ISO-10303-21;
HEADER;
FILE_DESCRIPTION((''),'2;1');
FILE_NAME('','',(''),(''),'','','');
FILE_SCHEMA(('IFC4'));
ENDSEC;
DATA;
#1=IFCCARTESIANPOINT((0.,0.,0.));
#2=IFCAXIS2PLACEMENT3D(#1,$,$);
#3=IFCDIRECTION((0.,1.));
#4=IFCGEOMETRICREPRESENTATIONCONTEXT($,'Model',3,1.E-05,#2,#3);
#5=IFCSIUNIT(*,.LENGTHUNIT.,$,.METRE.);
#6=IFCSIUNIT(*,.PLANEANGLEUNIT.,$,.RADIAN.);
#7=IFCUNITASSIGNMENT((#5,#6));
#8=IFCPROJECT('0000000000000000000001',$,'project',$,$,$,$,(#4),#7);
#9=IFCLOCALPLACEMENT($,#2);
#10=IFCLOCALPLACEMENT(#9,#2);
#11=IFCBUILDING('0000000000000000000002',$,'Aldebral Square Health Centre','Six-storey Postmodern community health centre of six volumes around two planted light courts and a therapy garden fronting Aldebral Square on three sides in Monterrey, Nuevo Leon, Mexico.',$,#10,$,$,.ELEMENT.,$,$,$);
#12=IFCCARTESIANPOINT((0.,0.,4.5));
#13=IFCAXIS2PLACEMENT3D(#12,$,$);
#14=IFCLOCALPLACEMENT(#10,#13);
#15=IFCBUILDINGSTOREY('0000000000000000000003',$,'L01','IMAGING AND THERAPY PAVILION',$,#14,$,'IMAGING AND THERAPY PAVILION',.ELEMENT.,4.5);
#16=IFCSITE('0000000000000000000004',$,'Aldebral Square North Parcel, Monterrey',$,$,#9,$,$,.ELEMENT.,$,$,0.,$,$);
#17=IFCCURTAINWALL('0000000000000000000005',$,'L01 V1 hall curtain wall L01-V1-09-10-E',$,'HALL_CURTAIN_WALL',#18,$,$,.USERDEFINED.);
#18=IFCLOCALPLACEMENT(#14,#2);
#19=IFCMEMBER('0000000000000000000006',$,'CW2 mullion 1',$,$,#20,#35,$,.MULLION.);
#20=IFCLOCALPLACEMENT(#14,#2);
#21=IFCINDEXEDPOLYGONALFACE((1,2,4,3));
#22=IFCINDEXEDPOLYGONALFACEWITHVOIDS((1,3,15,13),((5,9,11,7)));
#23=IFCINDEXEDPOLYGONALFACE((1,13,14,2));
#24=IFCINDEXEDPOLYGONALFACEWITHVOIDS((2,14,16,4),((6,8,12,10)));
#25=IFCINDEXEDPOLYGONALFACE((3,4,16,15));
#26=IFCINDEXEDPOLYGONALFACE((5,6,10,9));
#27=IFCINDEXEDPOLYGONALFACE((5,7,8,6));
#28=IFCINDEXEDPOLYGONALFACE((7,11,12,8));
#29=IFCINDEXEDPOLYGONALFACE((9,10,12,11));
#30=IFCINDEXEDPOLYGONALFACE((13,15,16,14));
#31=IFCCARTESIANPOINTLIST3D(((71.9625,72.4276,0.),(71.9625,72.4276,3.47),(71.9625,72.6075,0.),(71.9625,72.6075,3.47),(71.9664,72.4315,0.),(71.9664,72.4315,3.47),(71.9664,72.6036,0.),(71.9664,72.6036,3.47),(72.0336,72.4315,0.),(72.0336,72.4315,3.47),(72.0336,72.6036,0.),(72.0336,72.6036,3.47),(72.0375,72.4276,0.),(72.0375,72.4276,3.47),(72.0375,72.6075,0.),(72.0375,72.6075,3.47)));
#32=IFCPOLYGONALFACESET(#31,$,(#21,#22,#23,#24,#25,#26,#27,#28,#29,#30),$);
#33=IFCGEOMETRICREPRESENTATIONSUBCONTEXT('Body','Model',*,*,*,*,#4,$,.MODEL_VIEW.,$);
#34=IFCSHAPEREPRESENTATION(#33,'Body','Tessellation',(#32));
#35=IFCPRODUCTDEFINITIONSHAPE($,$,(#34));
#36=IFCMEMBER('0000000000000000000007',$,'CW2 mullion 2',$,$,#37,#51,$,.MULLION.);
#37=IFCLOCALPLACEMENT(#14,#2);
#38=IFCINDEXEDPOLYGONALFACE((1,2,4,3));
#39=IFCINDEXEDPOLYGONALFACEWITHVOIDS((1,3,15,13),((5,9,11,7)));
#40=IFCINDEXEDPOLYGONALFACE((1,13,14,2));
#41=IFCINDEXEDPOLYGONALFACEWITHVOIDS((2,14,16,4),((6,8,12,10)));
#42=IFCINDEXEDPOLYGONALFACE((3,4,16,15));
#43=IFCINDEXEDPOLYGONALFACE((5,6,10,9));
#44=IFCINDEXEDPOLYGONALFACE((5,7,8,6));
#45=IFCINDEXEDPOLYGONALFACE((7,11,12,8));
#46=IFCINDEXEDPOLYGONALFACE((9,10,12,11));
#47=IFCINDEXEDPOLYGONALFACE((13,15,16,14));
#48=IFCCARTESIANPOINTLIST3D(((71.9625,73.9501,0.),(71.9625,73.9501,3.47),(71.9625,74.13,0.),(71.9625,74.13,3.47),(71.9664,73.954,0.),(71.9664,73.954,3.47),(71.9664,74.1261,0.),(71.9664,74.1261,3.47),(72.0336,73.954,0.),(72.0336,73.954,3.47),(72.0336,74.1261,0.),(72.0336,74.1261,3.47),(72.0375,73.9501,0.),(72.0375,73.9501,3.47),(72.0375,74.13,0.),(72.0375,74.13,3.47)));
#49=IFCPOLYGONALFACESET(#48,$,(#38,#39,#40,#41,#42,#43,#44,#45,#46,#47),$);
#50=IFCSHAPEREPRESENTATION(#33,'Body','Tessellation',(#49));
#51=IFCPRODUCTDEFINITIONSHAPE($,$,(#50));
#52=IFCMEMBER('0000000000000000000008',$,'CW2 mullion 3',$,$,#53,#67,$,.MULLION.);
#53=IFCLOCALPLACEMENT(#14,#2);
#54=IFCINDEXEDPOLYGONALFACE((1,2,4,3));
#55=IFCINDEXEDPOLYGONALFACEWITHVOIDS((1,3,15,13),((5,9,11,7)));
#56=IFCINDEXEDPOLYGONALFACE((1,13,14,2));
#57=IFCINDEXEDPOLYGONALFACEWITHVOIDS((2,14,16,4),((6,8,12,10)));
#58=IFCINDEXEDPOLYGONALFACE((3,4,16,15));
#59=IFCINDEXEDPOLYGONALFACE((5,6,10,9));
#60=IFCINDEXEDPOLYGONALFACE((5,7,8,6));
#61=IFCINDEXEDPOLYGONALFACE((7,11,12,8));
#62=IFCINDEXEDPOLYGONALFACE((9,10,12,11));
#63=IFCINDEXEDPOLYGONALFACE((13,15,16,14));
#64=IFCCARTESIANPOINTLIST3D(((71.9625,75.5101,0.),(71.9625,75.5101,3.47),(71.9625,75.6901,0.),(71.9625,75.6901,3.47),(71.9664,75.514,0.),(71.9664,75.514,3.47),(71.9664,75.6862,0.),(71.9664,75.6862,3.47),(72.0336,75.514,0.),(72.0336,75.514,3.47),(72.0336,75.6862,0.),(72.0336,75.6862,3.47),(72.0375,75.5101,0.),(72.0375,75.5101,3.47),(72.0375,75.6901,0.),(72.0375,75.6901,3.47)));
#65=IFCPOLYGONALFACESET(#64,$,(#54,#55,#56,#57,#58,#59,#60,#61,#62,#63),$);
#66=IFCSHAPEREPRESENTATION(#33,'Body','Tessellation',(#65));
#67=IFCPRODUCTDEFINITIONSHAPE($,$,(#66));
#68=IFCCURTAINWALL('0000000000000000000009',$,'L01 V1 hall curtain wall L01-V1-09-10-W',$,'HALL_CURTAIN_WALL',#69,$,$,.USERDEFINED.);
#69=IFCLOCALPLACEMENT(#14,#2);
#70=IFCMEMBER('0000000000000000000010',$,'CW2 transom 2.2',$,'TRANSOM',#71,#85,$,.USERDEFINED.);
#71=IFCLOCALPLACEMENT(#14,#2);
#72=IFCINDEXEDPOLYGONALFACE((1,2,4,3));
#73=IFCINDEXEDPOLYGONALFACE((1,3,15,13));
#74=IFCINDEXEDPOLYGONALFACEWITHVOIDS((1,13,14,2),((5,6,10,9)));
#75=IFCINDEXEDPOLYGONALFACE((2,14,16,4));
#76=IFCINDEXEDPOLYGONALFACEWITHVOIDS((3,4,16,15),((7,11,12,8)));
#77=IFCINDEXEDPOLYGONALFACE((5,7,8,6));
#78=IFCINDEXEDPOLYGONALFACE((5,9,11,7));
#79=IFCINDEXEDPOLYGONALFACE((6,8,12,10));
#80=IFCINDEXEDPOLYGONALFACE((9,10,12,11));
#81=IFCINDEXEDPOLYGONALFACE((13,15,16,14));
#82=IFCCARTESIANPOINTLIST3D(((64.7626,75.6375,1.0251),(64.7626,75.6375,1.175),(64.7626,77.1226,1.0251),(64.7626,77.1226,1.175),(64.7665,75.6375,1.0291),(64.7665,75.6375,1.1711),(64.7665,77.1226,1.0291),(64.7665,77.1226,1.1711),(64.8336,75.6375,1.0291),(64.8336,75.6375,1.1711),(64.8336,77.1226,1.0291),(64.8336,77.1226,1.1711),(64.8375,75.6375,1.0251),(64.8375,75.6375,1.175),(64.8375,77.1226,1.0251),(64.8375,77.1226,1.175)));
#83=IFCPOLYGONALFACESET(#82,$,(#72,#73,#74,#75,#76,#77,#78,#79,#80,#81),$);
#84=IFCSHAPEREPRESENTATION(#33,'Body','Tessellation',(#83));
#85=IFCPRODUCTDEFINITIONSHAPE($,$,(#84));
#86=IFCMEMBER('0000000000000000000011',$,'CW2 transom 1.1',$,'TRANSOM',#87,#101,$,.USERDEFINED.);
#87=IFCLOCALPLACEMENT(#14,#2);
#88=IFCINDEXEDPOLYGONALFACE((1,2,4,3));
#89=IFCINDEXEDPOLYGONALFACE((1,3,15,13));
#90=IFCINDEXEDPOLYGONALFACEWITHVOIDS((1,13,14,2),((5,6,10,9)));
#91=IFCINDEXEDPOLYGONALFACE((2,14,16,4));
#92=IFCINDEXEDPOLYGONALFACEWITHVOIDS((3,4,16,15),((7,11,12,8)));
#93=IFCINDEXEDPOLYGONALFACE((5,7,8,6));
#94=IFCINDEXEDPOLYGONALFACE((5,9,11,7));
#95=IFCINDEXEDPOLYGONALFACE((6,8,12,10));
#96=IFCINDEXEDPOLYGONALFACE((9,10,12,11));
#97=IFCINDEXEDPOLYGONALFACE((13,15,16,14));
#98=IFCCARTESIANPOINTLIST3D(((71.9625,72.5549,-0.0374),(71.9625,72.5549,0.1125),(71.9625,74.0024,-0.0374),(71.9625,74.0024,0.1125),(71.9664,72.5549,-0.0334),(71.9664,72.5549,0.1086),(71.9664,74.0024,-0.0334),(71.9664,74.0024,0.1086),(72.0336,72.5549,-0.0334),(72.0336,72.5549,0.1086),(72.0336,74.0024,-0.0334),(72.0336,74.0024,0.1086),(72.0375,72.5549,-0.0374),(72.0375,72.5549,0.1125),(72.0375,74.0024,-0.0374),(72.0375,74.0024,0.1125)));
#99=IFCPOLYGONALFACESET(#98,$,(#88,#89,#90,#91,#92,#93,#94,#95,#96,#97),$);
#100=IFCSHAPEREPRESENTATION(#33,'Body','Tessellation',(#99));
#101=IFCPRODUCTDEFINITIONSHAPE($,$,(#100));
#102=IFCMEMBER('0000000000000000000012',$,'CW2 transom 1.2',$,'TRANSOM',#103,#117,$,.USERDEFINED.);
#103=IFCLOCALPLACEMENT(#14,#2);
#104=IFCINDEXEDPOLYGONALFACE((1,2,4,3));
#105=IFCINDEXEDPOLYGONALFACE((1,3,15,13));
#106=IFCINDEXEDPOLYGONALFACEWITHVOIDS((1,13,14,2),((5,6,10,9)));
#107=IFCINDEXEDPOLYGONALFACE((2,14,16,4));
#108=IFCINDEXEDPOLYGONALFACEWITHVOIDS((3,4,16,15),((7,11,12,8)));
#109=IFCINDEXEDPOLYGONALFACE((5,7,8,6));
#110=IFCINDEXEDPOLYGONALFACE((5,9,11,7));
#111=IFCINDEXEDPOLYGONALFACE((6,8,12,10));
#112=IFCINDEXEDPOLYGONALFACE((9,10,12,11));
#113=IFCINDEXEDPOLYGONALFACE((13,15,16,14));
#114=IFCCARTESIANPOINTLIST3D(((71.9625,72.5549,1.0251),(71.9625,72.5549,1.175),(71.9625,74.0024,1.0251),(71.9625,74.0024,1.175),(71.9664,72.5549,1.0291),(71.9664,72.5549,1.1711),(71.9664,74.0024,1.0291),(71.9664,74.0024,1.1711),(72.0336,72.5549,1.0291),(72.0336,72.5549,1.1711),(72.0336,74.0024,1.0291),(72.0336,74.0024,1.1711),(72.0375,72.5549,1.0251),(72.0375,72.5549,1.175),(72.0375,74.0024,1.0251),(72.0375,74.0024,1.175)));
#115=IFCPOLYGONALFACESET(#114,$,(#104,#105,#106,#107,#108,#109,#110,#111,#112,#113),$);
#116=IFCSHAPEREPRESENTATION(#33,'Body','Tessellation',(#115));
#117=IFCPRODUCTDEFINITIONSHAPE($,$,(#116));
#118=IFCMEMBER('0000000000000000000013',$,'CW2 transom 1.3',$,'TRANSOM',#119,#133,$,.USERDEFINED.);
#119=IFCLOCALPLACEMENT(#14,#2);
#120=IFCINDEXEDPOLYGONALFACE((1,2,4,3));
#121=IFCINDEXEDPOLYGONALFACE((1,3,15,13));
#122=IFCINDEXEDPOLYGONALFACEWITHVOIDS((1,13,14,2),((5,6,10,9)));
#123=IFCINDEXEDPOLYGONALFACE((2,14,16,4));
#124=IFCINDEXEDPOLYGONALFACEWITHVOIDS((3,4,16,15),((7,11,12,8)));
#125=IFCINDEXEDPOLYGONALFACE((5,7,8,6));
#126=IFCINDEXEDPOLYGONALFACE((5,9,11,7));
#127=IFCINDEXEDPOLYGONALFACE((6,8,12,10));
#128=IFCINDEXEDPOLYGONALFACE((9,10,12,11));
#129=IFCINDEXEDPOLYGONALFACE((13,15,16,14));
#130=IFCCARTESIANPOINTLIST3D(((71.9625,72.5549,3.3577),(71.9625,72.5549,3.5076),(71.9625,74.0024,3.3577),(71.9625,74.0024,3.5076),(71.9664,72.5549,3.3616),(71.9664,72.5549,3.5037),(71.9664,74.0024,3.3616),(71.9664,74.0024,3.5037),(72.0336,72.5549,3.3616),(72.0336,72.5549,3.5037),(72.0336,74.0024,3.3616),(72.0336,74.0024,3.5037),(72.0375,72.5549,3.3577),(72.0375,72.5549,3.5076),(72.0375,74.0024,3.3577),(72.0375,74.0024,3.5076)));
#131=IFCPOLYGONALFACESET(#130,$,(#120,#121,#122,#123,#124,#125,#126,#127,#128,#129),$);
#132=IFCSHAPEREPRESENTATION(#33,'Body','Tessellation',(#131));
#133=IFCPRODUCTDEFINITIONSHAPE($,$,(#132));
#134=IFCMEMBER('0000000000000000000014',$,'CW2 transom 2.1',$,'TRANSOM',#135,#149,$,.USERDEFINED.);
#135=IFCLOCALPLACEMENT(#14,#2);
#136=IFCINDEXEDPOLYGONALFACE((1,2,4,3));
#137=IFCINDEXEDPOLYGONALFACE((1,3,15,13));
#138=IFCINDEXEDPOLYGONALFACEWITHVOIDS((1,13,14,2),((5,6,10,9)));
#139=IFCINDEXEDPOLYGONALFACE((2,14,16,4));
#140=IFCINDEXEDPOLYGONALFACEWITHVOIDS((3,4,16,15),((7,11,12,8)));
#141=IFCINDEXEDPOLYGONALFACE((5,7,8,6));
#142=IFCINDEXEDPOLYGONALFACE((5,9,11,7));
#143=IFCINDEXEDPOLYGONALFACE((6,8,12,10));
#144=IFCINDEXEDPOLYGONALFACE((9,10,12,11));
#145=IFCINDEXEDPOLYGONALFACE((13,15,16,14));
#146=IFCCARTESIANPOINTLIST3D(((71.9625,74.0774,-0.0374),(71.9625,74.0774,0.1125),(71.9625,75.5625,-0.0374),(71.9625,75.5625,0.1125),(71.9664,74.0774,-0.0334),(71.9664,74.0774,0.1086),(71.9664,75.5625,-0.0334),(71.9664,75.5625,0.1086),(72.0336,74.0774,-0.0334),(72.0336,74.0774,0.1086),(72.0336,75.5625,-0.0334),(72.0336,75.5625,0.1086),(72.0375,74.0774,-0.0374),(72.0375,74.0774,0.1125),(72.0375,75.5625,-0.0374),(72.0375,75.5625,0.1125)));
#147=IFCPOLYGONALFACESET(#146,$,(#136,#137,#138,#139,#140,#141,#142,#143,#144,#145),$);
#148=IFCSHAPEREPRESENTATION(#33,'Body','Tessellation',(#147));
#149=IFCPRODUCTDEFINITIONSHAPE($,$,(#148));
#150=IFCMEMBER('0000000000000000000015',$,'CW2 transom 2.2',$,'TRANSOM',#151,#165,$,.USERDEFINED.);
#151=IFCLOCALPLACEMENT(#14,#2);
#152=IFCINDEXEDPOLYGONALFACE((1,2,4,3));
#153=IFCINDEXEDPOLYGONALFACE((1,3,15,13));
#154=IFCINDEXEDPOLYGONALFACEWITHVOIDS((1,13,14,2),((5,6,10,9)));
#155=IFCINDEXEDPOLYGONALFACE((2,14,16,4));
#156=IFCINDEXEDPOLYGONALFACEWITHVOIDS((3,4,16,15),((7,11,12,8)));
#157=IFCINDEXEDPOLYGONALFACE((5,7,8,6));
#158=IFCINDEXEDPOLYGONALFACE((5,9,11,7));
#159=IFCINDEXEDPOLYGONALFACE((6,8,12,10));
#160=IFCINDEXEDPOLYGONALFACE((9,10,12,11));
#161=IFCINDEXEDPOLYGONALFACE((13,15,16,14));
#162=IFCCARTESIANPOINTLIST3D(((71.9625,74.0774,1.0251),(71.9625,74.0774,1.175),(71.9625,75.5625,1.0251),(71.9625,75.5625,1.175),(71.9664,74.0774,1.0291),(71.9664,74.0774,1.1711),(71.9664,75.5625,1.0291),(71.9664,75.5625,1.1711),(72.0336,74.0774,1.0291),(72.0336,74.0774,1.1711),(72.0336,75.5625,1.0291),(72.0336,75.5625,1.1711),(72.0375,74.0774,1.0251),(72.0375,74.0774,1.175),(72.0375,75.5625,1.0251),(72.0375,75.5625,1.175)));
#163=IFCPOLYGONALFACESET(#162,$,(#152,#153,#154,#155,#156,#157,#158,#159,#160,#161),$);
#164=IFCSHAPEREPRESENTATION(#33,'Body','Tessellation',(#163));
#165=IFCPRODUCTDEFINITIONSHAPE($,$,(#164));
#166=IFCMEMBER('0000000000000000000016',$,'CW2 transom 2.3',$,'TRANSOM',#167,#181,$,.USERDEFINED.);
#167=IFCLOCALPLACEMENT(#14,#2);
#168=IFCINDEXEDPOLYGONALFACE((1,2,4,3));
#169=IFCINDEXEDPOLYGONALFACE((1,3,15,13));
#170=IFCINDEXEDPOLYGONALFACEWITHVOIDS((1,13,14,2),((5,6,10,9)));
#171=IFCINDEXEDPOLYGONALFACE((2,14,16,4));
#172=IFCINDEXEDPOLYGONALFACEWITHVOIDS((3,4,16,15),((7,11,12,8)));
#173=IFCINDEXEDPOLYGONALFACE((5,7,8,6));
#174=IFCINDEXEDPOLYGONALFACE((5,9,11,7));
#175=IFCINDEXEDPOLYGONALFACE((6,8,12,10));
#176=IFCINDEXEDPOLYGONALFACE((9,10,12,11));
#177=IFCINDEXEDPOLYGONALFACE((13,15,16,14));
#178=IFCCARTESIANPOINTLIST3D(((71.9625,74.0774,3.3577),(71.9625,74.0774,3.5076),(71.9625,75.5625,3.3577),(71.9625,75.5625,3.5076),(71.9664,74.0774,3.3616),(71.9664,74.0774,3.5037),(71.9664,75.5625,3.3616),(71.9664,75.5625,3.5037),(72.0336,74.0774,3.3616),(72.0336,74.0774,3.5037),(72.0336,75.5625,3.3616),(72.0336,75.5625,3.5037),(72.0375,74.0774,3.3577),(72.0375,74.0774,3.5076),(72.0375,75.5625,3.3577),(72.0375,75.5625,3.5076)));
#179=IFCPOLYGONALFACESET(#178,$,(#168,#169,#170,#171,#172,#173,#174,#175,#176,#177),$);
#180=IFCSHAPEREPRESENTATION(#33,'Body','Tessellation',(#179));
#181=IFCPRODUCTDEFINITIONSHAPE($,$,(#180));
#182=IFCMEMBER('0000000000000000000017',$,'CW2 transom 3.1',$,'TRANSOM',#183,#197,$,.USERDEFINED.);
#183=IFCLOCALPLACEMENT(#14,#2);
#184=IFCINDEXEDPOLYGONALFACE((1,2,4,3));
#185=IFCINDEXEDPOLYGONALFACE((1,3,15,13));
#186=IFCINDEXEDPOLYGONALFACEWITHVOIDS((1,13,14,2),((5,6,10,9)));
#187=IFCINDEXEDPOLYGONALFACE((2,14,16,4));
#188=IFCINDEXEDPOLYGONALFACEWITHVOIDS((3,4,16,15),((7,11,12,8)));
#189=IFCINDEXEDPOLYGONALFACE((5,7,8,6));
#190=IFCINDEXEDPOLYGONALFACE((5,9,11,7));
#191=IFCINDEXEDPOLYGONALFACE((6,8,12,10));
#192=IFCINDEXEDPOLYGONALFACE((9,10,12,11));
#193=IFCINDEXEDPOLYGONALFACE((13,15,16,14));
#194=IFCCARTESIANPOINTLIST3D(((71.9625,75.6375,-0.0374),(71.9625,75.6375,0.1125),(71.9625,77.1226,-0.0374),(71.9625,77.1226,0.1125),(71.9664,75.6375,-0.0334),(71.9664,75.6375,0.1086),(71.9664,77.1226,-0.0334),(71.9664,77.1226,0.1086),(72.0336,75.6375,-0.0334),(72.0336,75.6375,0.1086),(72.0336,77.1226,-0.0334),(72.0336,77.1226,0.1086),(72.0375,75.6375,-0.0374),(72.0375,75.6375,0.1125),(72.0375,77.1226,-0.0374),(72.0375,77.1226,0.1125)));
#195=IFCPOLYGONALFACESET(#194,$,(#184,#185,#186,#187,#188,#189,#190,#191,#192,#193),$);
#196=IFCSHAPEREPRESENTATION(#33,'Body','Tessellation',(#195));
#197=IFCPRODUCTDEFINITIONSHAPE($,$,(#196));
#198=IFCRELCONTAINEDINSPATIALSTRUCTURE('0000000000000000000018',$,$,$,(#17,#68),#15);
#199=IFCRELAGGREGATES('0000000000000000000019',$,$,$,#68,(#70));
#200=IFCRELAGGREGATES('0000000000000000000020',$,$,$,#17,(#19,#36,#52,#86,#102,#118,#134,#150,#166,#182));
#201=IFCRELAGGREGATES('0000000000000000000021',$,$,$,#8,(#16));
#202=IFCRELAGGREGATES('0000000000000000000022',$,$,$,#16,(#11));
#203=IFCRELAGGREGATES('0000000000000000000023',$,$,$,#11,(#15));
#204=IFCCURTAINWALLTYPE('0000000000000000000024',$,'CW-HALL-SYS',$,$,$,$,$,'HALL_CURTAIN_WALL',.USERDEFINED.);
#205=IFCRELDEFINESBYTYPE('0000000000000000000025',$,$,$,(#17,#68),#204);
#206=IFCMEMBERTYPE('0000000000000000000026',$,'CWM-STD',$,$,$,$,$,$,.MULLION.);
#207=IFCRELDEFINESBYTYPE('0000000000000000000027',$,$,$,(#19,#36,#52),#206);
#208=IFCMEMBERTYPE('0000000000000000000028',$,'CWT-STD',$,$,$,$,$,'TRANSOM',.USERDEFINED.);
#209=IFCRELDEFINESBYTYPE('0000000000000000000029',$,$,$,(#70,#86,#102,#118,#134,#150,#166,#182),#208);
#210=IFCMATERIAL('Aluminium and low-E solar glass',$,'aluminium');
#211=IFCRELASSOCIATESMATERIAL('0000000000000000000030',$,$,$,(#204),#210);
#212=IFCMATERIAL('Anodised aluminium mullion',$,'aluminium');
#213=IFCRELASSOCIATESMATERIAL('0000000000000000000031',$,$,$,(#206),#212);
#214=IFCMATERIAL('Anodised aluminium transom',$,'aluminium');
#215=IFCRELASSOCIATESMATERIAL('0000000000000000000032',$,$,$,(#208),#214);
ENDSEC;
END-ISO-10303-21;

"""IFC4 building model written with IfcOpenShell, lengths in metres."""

from ifc_helpers import new_model, si_unit, direction, frame, origin, origin_2d, place, context, subcontext, project, spatial, hollow_rectangle, extrude, material, material_profile, profile_set, type_object, element, aggregate, save


model = new_model("IFC4")

# Units and contexts
model_context = context("Model", 3, precision=1e-05, world=origin(), true_north=direction((0.0, 1.0)))
body_context = subcontext(model_context, "Body", "Model", "MODEL_VIEW")
ifc_project = project(units=[si_unit("LENGTHUNIT", "METRE"), si_unit("PLANEANGLEUNIT", "RADIAN")], contexts=[model_context])

# Site, building, storey
site_placement = place(None, origin())
site = spatial("IfcSite", under=ifc_project, at=site_placement, Name="Aldebral Square North Parcel, Monterrey", CompositionType="ELEMENT", RefElevation=0.0)
building_placement = place(site_placement, origin())
building = spatial("IfcBuilding", under=site, at=building_placement, Name="Aldebral Square Health Centre", Description="Six-storey Postmodern community health centre of six volumes around two planted light courts and a therapy garden fronting Aldebral Square on three sides in Monterrey, Nuevo Leon, Mexico.", CompositionType="ELEMENT")
storey_placement = place(building_placement, frame((0.0, 0.0, 4.5)))
storey = spatial("IfcBuildingStorey", under=building, at=storey_placement, Name="L01", Description="IMAGING AND THERAPY PAVILION", LongName="IMAGING AND THERAPY PAVILION", CompositionType="ELEMENT", Elevation=4.5)

# Curtain wall, members
ifc_material_1 = material(Name="Aluminium and low-E solar glass", Category="aluminium")
curtain_wall_type = type_object("IfcCurtainWallType", Name="CW-HALL-SYS", ElementType="HALL_CURTAIN_WALL", PredefinedType="USERDEFINED", material=ifc_material_1)
curtain_wall_1_placement = place(storey_placement, origin())
curtain_wall_1 = element("IfcCurtainWall", 1, at=curtain_wall_1_placement, inside=storey, type_object=curtain_wall_type, Name="L01 V1 hall curtain wall L01-V1-09-10-E", ObjectType="HALL_CURTAIN_WALL", PredefinedType="USERDEFINED")
ifc_material_2 = material(Name="Anodised aluminium mullion", Category="aluminium")
ifc_material_profile_1 = material_profile(ifc_material_2, hollow_rectangle(XDim=0.075, YDim=0.1799, WallThickness=0.0039, at=origin_2d()), Name="CWM 75x180x4")
ifc_profile_set_1 = profile_set([ifc_material_profile_1], Name="Anodised aluminium mullion")
member_type_1 = type_object("IfcMemberType", Name="CWM-STD", PredefinedType="MULLION", material=ifc_profile_set_1)
member_1_placement = place(storey_placement, frame((72.0, 72.5176, 0.0), z_axis=(0.0, 0.0, 1.0), x_axis=(-1.0, 0.0, 0.0)))
member_1 = element("IfcMember", 2, at=member_1_placement, type_object=member_type_1, Name="CW2 mullion 1", PredefinedType="MULLION", context=body_context, shape_type="SweptSolid", body=[
    extrude(hollow_rectangle(XDim=0.075, YDim=0.1799, WallThickness=0.0039, at=origin_2d()), origin(), (0.0, 0.0, 1.0), 3.47),
])
member_2_placement = place(storey_placement, frame((72.0, 74.04, 0.0), z_axis=(0.0, 0.0, 1.0), x_axis=(-1.0, 0.0, 0.0)))
member_2 = element("IfcMember", 3, at=member_2_placement, type_object=member_type_1, Name="CW2 mullion 2", PredefinedType="MULLION", context=body_context, shape_type="SweptSolid", body=[
    extrude(hollow_rectangle(XDim=0.075, YDim=0.1799, WallThickness=0.0039, at=origin_2d()), origin(), (0.0, 0.0, 1.0), 3.47),
])
member_3_placement = place(storey_placement, frame((72.0, 75.6001, 0.0), z_axis=(0.0, 0.0, 1.0), x_axis=(-1.0, 0.0, 0.0)))
member_3 = element("IfcMember", 4, at=member_3_placement, type_object=member_type_1, Name="CW2 mullion 3", PredefinedType="MULLION", context=body_context, shape_type="SweptSolid", body=[
    extrude(hollow_rectangle(XDim=0.075, YDim=0.1799, WallThickness=0.0039, at=origin_2d()), origin(), (0.0, 0.0, 1.0), 3.47),
])

# Curtain wall, member
curtain_wall_2_placement = place(storey_placement, origin())
curtain_wall_2 = element("IfcCurtainWall", 5, at=curtain_wall_2_placement, inside=storey, type_object=curtain_wall_type, Name="L01 V1 hall curtain wall L01-V1-09-10-W", ObjectType="HALL_CURTAIN_WALL", PredefinedType="USERDEFINED")
ifc_material_3 = material(Name="Anodised aluminium transom", Category="aluminium")
ifc_material_profile_2 = material_profile(ifc_material_3, hollow_rectangle(XDim=0.075, YDim=0.1499, WallThickness=0.0039, at=origin_2d()), Name="CWT 75x150x4")
ifc_profile_set_2 = profile_set([ifc_material_profile_2], Name="Anodised aluminium transom")
member_type_2 = type_object("IfcMemberType", Name="CWT-STD", ElementType="TRANSOM", PredefinedType="USERDEFINED", material=ifc_profile_set_2)
member_4_placement = place(storey_placement, frame((64.8, 77.1226, 1.1001), z_axis=(0.0, -1.0, 0.0), x_axis=(1.0, 0.0, 0.0)))
member_4 = element("IfcMember", 6, at=member_4_placement, type_object=member_type_2, Name="CW2 transom 2.2", ObjectType="TRANSOM", PredefinedType="USERDEFINED", context=body_context, shape_type="SweptSolid", body=[
    extrude(hollow_rectangle(XDim=0.075, YDim=0.1499, WallThickness=0.0039, at=origin_2d()), origin(), (0.0, 0.0, 1.0), 1.4851),
])
aggregate(curtain_wall_2, [member_4])

# Members
member_5_placement = place(storey_placement, frame((72.0, 72.5549, 0.0376), z_axis=(0.0, 1.0, 0.0), x_axis=(-1.0, 0.0, 0.0)))
member_5 = element("IfcMember", 7, at=member_5_placement, type_object=member_type_2, Name="CW2 transom 1.1", ObjectType="TRANSOM", PredefinedType="USERDEFINED", context=body_context, shape_type="SweptSolid", body=[
    extrude(hollow_rectangle(XDim=0.075, YDim=0.1499, WallThickness=0.0039, at=origin_2d()), origin(), (0.0, 0.0, 1.0), 1.4475),
])
member_6_placement = place(storey_placement, frame((72.0, 72.5549, 1.1001), z_axis=(0.0, 1.0, 0.0), x_axis=(-1.0, 0.0, 0.0)))
member_6 = element("IfcMember", 8, at=member_6_placement, type_object=member_type_2, Name="CW2 transom 1.2", ObjectType="TRANSOM", PredefinedType="USERDEFINED", context=body_context, shape_type="SweptSolid", body=[
    extrude(hollow_rectangle(XDim=0.075, YDim=0.1499, WallThickness=0.0039, at=origin_2d()), origin(), (0.0, 0.0, 1.0), 1.4475),
])
member_7_placement = place(storey_placement, frame((72.0, 72.5549, 3.4326), z_axis=(0.0, 1.0, 0.0), x_axis=(-1.0, 0.0, 0.0)))
member_7 = element("IfcMember", 9, at=member_7_placement, type_object=member_type_2, Name="CW2 transom 1.3", ObjectType="TRANSOM", PredefinedType="USERDEFINED", context=body_context, shape_type="SweptSolid", body=[
    extrude(hollow_rectangle(XDim=0.075, YDim=0.1499, WallThickness=0.0039, at=origin_2d()), origin(), (0.0, 0.0, 1.0), 1.4475),
])
member_8_placement = place(storey_placement, frame((72.0, 74.0774, 0.0376), z_axis=(0.0, 1.0, 0.0), x_axis=(-1.0, 0.0, 0.0)))
member_8 = element("IfcMember", 10, at=member_8_placement, type_object=member_type_2, Name="CW2 transom 2.1", ObjectType="TRANSOM", PredefinedType="USERDEFINED", context=body_context, shape_type="SweptSolid", body=[
    extrude(hollow_rectangle(XDim=0.075, YDim=0.1499, WallThickness=0.0039, at=origin_2d()), origin(), (0.0, 0.0, 1.0), 1.4851),
])
member_9_placement = place(storey_placement, frame((72.0, 74.0774, 1.1001), z_axis=(0.0, 1.0, 0.0), x_axis=(-1.0, 0.0, 0.0)))
member_9 = element("IfcMember", 11, at=member_9_placement, type_object=member_type_2, Name="CW2 transom 2.2", ObjectType="TRANSOM", PredefinedType="USERDEFINED", context=body_context, shape_type="SweptSolid", body=[
    extrude(hollow_rectangle(XDim=0.075, YDim=0.1499, WallThickness=0.0039, at=origin_2d()), origin(), (0.0, 0.0, 1.0), 1.4851),
])
member_10_placement = place(storey_placement, frame((72.0, 74.0774, 3.4326), z_axis=(0.0, 1.0, 0.0), x_axis=(-1.0, 0.0, 0.0)))
member_10 = element("IfcMember", 12, at=member_10_placement, type_object=member_type_2, Name="CW2 transom 2.3", ObjectType="TRANSOM", PredefinedType="USERDEFINED", context=body_context, shape_type="SweptSolid", body=[
    extrude(hollow_rectangle(XDim=0.075, YDim=0.1499, WallThickness=0.0039, at=origin_2d()), origin(), (0.0, 0.0, 1.0), 1.4851),
])
member_11_placement = place(storey_placement, frame((72.0, 75.6375, 0.0376), z_axis=(0.0, 1.0, 0.0), x_axis=(-1.0, 0.0, 0.0)))
member_11 = element("IfcMember", 13, at=member_11_placement, type_object=member_type_2, Name="CW2 transom 3.1", ObjectType="TRANSOM", PredefinedType="USERDEFINED", context=body_context, shape_type="SweptSolid", body=[
    extrude(hollow_rectangle(XDim=0.075, YDim=0.1499, WallThickness=0.0039, at=origin_2d()), origin(), (0.0, 0.0, 1.0), 1.4851),
])

aggregate(curtain_wall_1, [member_1, member_2, member_3, member_5, member_6, member_7, member_8, member_9, member_10, member_11])

save(model, "model.ifc")
